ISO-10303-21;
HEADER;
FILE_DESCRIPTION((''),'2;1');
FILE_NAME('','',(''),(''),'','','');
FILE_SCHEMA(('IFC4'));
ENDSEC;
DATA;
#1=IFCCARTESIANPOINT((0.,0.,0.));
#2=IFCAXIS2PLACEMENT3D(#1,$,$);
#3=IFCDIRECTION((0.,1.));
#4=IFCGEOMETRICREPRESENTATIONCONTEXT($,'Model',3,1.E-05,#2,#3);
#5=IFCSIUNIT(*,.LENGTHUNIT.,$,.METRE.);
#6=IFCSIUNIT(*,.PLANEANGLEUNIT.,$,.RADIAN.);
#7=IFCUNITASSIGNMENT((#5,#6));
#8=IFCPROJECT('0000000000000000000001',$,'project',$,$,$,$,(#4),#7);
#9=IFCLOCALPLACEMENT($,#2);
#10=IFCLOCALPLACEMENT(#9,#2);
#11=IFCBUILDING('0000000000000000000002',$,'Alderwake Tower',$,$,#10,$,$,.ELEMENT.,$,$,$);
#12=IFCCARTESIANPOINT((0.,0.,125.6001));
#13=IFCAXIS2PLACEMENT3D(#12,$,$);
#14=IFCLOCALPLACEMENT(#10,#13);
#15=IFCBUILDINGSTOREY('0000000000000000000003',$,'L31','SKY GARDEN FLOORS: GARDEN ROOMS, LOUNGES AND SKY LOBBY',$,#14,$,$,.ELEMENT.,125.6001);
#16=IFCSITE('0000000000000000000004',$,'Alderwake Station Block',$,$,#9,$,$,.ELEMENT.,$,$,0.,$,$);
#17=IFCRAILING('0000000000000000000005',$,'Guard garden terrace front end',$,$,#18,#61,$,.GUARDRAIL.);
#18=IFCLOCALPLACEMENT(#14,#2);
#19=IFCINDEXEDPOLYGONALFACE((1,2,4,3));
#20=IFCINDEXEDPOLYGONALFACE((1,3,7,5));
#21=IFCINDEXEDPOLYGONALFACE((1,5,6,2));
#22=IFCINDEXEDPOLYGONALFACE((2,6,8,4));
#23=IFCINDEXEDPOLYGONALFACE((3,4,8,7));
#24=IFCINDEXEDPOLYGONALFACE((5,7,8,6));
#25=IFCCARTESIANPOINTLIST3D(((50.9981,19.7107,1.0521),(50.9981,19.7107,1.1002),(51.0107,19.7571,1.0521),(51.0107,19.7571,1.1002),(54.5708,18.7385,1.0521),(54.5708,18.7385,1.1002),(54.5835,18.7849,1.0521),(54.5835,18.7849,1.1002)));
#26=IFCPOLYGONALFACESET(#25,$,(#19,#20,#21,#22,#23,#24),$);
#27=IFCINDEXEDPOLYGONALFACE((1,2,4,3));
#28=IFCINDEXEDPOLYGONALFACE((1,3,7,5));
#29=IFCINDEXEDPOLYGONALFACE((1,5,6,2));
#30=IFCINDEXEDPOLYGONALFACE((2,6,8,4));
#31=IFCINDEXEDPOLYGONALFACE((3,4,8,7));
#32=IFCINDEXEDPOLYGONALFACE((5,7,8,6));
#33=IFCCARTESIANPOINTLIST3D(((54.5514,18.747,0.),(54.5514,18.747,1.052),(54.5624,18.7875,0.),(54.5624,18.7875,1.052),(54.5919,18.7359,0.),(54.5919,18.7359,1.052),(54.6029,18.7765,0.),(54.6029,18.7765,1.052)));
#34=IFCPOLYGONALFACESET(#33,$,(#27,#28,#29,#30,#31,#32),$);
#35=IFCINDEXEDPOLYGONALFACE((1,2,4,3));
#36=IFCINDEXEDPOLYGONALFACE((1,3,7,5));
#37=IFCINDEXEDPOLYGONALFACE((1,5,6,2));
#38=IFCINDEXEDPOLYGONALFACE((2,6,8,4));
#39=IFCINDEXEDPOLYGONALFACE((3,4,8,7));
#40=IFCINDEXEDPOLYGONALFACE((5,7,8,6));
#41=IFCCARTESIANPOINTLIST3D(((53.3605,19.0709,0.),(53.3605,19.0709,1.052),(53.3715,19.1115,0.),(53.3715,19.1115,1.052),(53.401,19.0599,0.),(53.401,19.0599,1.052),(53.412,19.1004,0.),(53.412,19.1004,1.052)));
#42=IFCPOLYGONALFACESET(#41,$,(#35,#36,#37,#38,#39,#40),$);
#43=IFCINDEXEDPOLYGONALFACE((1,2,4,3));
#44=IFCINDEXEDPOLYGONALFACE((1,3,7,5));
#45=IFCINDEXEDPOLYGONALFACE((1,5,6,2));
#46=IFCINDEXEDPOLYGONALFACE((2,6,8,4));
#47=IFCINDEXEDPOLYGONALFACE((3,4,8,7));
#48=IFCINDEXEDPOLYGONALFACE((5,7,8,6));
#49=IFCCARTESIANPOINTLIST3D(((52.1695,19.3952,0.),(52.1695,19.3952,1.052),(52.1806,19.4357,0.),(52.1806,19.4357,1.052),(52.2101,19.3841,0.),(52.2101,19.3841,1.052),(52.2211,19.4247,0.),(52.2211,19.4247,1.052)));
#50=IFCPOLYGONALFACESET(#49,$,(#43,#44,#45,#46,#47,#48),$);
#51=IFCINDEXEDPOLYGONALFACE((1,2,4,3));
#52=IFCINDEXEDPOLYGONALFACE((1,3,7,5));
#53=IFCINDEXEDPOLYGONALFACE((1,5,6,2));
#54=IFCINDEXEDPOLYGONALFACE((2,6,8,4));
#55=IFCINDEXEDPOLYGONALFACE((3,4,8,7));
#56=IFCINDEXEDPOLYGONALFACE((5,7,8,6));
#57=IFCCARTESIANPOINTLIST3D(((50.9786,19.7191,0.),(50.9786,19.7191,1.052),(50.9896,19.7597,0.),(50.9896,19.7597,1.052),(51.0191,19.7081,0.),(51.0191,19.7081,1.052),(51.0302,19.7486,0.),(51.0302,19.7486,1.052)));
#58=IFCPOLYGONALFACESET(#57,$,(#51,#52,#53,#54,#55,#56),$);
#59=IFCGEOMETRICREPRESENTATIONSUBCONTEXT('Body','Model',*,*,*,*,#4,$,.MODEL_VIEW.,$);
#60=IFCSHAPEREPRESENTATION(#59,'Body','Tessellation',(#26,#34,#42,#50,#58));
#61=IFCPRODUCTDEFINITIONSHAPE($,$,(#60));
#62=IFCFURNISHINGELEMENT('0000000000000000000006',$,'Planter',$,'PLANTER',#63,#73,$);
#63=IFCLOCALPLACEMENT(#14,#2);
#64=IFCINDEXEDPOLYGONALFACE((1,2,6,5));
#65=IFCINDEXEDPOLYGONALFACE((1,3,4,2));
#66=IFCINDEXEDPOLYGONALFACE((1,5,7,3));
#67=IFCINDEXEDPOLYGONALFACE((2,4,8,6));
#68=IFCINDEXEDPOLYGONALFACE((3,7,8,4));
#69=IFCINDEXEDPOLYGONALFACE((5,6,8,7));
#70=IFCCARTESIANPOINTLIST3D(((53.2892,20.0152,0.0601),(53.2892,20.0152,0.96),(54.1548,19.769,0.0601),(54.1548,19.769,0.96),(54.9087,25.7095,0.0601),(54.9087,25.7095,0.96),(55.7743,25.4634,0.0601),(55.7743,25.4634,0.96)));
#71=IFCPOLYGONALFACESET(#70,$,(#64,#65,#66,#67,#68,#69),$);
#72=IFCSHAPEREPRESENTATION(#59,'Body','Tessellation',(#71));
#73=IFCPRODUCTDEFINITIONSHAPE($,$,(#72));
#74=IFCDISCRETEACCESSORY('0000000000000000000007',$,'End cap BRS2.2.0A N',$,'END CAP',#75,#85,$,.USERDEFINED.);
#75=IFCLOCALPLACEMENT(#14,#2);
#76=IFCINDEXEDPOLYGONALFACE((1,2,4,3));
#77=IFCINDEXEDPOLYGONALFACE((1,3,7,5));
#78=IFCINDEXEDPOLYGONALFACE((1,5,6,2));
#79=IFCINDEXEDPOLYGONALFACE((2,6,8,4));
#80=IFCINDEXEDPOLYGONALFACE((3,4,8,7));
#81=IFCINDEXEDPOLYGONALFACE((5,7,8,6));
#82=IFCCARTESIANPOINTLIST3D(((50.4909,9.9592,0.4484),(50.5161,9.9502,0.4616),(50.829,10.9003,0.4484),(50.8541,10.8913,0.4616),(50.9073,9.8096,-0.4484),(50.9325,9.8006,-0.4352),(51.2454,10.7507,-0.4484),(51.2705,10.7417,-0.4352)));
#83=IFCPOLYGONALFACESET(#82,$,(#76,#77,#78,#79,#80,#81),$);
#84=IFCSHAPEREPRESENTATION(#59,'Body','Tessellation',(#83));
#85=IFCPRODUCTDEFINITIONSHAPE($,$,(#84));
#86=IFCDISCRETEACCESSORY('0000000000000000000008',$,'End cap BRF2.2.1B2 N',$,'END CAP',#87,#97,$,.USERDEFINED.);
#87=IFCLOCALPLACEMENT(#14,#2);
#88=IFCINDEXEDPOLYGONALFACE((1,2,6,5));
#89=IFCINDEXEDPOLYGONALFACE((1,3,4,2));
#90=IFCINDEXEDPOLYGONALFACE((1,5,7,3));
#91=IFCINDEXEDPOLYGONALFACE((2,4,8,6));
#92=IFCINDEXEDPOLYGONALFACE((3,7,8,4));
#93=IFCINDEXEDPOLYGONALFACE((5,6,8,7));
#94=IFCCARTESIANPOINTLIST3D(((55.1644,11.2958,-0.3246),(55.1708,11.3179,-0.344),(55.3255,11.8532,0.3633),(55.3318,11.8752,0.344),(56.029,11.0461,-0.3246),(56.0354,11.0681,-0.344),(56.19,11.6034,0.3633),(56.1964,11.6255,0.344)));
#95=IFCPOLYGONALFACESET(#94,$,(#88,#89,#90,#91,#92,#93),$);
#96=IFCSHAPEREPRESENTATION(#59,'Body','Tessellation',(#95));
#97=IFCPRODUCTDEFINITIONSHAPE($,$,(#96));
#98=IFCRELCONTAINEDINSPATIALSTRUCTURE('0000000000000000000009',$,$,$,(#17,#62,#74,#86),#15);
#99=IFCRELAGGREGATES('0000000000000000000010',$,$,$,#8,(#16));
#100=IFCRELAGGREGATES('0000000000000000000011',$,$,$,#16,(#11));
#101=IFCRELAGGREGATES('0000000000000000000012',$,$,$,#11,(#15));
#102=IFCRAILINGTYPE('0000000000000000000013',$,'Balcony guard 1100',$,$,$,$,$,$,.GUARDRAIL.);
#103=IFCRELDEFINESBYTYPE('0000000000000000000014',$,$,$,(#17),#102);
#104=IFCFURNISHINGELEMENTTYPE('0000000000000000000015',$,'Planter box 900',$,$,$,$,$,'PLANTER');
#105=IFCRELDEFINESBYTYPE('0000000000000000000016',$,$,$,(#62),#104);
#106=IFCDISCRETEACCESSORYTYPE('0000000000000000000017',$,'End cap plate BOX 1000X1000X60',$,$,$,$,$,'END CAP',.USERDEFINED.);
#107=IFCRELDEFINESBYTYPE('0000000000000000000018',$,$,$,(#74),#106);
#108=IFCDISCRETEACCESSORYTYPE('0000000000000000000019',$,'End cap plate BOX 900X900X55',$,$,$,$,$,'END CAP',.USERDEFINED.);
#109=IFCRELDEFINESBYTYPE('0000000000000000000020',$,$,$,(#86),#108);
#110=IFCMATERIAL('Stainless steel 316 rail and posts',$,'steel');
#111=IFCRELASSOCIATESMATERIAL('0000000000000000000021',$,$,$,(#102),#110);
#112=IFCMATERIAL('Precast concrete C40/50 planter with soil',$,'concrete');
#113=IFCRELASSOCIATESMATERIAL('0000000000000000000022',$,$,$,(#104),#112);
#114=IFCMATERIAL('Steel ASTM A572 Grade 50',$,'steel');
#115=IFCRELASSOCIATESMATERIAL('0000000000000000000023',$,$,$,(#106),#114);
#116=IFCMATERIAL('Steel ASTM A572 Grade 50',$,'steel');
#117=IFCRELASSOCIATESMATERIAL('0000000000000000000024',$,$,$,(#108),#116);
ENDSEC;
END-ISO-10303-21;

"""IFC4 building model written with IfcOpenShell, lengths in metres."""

from ifc_helpers import new_model, si_unit, direction, frame, origin, origin_2d, place, context, subcontext, project, spatial, rectangle, extrude, material, material_profile, profile_set, type_object, element, save


model = new_model("IFC4")

# Units and contexts
model_context = context("Model", 3, precision=1e-05, world=origin(), true_north=direction((0.0, 1.0)))
body_context = subcontext(model_context, "Body", "Model", "MODEL_VIEW")
ifc_project = project(units=[si_unit("LENGTHUNIT", "METRE"), si_unit("PLANEANGLEUNIT", "RADIAN")], contexts=[model_context])

# Site, building, storey
site_placement = place(None, origin())
site = spatial("IfcSite", under=ifc_project, at=site_placement, Name="Alderwake Station Block", CompositionType="ELEMENT", RefElevation=0.0)
building_placement = place(site_placement, origin())
building = spatial("IfcBuilding", under=site, at=building_placement, Name="Alderwake Tower", CompositionType="ELEMENT")
storey_placement = place(building_placement, frame((0.0, 0.0, 125.6001)))
storey = spatial("IfcBuildingStorey", under=building, at=storey_placement, Name="L31", Description="SKY GARDEN FLOORS: GARDEN ROOMS, LOUNGES AND SKY LOBBY", CompositionType="ELEMENT", Elevation=125.6001)

# Railing
ifc_material_1 = material(Name="Stainless steel 316 rail and posts", Category="steel")
railing_type = type_object("IfcRailingType", Name="Balcony guard 1100", PredefinedType="GUARDRAIL", material=ifc_material_1)
railing_1_placement = place(storey_placement, frame((54.5771, 18.7617, 0.0)))
element("IfcRailing", 1, at=railing_1_placement, inside=storey, type_object=railing_type, Name="Guard garden terrace front end", PredefinedType="GUARDRAIL", context=body_context, shape_type="SweptSolid", body=[
    extrude(rectangle(XDim=0.0481, YDim=0.0481, at=origin_2d()), frame((0.0, 0.0, 1.0762), z_axis=(-0.964916, 0.262559, 0.0), x_axis=(-0.262559, -0.964916, 0.0)), (0.0, 0.0, 1.0), 3.7026),
    extrude(rectangle(XDim=0.042, YDim=0.042, at=origin_2d()), frame((0.0, 0.0, 0.0), z_axis=(0.0, 0.0, 1.0), x_axis=(-0.964916, 0.262559, 0.0)), (0.0, 0.0, 1.0), 1.052),
    extrude(rectangle(XDim=0.042, YDim=0.042, at=origin_2d()), frame((-1.1909, 0.324, 0.0), z_axis=(0.0, 0.0, 1.0), x_axis=(-0.964916, 0.262559, 0.0)), (0.0, 0.0, 1.0), 1.052),
    extrude(rectangle(XDim=0.042, YDim=0.042, at=origin_2d()), frame((-2.3818, 0.6482, 0.0), z_axis=(0.0, 0.0, 1.0), x_axis=(-0.964916, 0.262559, 0.0)), (0.0, 0.0, 1.0), 1.052),
    extrude(rectangle(XDim=0.042, YDim=0.042, at=origin_2d()), frame((-3.5728, 0.9722, 0.0), z_axis=(0.0, 0.0, 1.0), x_axis=(-0.964916, 0.262559, 0.0)), (0.0, 0.0, 1.0), 1.052),
])

# Furnishing element
ifc_material_2 = material(Name="Precast concrete C40/50 planter with soil", Category="concrete")
furnishing_element_type = type_object("IfcFurnishingElementType", Name="Planter box 900", ElementType="PLANTER", material=ifc_material_2)
furnishing_placement = place(storey_placement, frame((54.5317, 22.7393, 0.0601), z_axis=(0.0, 0.0, 1.0), x_axis=(0.961857, -0.273551, 0.0)))
element("IfcFurnishingElement", 2, at=furnishing_placement, inside=storey, type_object=furnishing_element_type, Name="Planter", ObjectType="PLANTER", context=body_context, shape_type="SweptSolid", body=[
    extrude(rectangle(XDim=0.8999, YDim=5.9202, at=origin_2d()), origin(), (0.0, 0.0, 1.0), 0.8999),
])

# Discrete accessories
ifc_material_3 = material(Name="Steel ASTM A572 Grade 50", Category="steel")
ifc_material_profile_1 = material_profile(ifc_material_3, rectangle(XDim=1.0, YDim=1.0, at=origin_2d()), Name="BOX 1000X1000X60 cap")
ifc_profile_set_1 = profile_set([ifc_material_profile_1], Name="Steel ASTM A572 Grade 50")
discrete_accessory_type_1 = type_object("IfcDiscreteAccessoryType", Name="End cap plate BOX 1000X1000X60", ElementType="END CAP", PredefinedType="USERDEFINED", material=ifc_profile_set_1)
discrete_accessory_1_placement = place(storey_placement, frame((50.8682, 10.355, 0.0), z_axis=(0.843979, -0.303177, 0.442474), x_axis=(0.338072, 0.94112, 0.0)))
element("IfcDiscreteAccessory", 3, at=discrete_accessory_1_placement, inside=storey, type_object=discrete_accessory_type_1, Name="End cap BRS2.2.0A N", ObjectType="END CAP", PredefinedType="USERDEFINED", context=body_context, shape_type="SweptSolid", body=[
    extrude(rectangle(XDim=1.0, YDim=1.0, at=origin_2d()), origin(), (0.0, 0.0, 1.0), 0.0298),
])
ifc_material_4 = material(Name="Steel ASTM A572 Grade 50", Category="steel")
ifc_material_profile_2 = material_profile(ifc_material_4, rectangle(XDim=0.8999, YDim=0.8999, at=origin_2d()), Name="BOX 900X900X55 cap")
ifc_profile_set_2 = profile_set([ifc_material_profile_2], Name="Steel ASTM A572 Grade 50")
discrete_accessory_type_2 = type_object("IfcDiscreteAccessoryType", Name="End cap plate BOX 900X900X55", ElementType="END CAP", PredefinedType="USERDEFINED", material=ifc_profile_set_2)
discrete_accessory_2_placement = place(storey_placement, frame((55.6836, 11.4717, 0.0), z_axis=(-0.212169, -0.734431, 0.644667), x_axis=(0.960714, -0.27754, 0.0)))
element("IfcDiscreteAccessory", 4, at=discrete_accessory_2_placement, inside=storey, type_object=discrete_accessory_type_2, Name="End cap BRF2.2.1B2 N", ObjectType="END CAP", PredefinedType="USERDEFINED", context=body_context, shape_type="SweptSolid", body=[
    extrude(rectangle(XDim=0.8999, YDim=0.8999, at=origin_2d()), origin(), (0.0, 0.0, 1.0), 0.03),
])

save(model, "model.ifc")
